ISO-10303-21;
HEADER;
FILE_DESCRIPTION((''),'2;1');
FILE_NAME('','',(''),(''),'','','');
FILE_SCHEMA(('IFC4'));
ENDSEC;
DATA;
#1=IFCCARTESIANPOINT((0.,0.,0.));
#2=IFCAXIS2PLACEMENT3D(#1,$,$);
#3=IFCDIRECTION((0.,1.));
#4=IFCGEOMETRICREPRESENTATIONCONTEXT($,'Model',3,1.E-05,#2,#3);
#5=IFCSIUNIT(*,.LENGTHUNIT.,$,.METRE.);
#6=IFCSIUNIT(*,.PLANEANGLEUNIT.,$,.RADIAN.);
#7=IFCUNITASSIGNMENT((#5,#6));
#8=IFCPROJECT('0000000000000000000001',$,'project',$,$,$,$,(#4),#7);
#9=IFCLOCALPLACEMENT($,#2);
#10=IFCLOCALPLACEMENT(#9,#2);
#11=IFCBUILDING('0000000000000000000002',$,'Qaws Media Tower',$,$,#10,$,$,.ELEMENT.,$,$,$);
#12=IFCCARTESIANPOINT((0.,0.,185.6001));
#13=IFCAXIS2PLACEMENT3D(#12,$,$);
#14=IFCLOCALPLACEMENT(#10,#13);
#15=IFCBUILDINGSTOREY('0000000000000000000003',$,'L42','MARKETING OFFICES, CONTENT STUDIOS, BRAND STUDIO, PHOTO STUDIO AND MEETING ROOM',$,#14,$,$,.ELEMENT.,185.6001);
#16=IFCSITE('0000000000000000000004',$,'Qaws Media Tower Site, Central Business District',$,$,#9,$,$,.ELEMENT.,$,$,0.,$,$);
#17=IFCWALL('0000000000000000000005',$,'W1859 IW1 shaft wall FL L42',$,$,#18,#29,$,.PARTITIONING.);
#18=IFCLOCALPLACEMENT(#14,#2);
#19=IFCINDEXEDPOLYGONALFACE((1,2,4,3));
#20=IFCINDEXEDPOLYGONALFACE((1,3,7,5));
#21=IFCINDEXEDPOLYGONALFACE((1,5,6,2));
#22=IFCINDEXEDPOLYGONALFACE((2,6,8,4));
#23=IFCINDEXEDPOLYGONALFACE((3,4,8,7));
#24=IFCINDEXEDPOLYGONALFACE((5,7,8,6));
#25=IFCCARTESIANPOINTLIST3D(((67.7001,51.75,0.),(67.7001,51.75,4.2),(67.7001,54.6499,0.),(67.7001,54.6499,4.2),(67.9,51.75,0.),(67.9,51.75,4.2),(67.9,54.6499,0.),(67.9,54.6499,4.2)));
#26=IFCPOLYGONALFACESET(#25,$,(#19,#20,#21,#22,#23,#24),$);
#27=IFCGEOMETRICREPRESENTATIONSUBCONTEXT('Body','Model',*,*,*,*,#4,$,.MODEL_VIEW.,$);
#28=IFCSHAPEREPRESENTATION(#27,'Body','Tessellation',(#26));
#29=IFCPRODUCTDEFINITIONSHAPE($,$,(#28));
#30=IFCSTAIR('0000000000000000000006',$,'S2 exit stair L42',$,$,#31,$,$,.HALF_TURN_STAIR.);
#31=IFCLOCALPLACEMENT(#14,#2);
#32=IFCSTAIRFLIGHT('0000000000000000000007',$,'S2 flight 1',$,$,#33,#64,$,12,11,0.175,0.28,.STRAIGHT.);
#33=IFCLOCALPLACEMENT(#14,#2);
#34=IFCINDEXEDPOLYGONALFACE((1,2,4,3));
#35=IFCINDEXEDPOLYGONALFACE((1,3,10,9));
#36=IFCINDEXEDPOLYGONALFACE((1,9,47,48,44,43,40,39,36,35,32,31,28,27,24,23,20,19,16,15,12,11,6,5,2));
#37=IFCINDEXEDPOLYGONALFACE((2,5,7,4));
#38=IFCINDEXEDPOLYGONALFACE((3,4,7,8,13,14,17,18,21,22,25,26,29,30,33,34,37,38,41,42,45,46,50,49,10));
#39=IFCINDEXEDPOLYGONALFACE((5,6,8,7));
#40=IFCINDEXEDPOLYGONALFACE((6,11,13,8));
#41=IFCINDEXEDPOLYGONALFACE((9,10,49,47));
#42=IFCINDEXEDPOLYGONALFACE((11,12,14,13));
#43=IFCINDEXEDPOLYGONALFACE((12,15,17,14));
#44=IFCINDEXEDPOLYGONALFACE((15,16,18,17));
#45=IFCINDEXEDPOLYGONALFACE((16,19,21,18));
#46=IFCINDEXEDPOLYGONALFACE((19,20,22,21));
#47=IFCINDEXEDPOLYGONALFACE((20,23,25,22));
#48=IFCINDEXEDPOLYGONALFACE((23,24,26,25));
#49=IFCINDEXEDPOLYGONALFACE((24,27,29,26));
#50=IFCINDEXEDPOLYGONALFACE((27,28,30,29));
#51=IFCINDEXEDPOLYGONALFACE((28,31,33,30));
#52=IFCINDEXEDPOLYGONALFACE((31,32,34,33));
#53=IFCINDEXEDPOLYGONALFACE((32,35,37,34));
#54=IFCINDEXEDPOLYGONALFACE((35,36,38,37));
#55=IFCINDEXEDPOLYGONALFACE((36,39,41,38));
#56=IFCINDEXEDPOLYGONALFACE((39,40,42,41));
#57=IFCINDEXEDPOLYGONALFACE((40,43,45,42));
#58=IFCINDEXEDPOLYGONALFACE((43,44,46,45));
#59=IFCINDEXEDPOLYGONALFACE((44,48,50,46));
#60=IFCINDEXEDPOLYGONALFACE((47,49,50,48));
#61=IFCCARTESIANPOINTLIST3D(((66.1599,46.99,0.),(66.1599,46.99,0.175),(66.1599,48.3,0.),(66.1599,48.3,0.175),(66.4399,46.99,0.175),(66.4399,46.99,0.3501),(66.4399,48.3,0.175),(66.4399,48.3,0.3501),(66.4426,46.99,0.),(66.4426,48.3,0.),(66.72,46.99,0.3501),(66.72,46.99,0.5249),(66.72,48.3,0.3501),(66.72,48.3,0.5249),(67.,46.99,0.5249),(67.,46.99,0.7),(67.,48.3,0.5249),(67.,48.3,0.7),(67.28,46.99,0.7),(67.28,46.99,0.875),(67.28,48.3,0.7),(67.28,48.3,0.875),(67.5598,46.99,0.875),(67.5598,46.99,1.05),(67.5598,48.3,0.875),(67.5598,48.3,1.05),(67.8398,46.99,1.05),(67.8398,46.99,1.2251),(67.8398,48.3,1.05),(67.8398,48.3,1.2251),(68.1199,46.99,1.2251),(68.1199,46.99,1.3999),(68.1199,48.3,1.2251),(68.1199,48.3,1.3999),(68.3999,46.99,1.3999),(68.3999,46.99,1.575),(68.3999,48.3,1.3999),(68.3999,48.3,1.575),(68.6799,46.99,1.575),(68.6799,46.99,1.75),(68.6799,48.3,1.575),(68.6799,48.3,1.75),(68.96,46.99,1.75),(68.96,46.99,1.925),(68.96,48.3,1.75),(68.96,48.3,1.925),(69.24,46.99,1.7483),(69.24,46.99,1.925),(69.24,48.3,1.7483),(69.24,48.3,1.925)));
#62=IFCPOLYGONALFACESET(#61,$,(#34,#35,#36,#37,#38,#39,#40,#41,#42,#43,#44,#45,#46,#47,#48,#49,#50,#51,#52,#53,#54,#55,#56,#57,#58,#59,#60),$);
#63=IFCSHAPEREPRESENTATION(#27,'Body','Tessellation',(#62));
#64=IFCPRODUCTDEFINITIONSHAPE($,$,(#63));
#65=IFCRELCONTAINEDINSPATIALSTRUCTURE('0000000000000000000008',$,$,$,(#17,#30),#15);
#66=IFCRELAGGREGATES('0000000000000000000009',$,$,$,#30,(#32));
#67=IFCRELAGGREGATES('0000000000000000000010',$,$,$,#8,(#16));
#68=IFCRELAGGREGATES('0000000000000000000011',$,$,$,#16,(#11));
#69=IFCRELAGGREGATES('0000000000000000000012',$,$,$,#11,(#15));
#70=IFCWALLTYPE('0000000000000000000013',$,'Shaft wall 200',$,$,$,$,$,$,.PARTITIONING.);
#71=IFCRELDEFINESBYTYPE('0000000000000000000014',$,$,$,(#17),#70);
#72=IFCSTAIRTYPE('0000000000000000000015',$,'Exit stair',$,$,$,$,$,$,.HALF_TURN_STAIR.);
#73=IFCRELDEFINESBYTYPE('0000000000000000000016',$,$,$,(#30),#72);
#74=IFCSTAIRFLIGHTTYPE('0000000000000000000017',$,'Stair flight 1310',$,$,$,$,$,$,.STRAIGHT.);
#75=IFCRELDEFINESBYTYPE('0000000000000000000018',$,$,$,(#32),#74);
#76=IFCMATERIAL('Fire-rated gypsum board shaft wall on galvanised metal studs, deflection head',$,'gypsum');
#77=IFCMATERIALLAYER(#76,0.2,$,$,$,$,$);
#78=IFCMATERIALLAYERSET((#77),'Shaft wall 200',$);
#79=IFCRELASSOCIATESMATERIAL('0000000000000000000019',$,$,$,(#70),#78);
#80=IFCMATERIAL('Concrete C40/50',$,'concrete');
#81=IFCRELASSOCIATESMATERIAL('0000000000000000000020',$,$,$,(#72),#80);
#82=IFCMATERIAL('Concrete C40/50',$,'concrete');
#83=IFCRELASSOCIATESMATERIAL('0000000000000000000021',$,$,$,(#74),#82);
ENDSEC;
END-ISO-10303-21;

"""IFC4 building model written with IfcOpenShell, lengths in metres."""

from ifc_helpers import new_model, si_unit, direction, frame, frame_2d, origin, place, context, subcontext, project, spatial, polyline, rectangle, outline, extrude, material, layer, layer_set, type_object, element, aggregate, save


model = new_model("IFC4")

# Units and contexts
model_context = context("Model", 3, precision=1e-05, world=origin(), true_north=direction((0.0, 1.0)))
body_context = subcontext(model_context, "Body", "Model", "MODEL_VIEW")
ifc_project = project(units=[si_unit("LENGTHUNIT", "METRE"), si_unit("PLANEANGLEUNIT", "RADIAN")], contexts=[model_context])

# Site, building, storey
site_placement = place(None, origin())
site = spatial("IfcSite", under=ifc_project, at=site_placement, Name="Qaws Media Tower Site, Central Business District", CompositionType="ELEMENT", RefElevation=0.0)
building_placement = place(site_placement, origin())
building = spatial("IfcBuilding", under=site, at=building_placement, Name="Qaws Media Tower", CompositionType="ELEMENT")
storey_placement = place(building_placement, frame((0.0, 0.0, 185.6001)))
storey = spatial("IfcBuildingStorey", under=building, at=storey_placement, Name="L42", Description="MARKETING OFFICES, CONTENT STUDIOS, BRAND STUDIO, PHOTO STUDIO AND MEETING ROOM", CompositionType="ELEMENT", Elevation=185.6001)

# Wall
ifc_material_1 = material(Name="Fire-rated gypsum board shaft wall on galvanised metal studs, deflection head", Category="gypsum")
ifc_layer_1 = layer(ifc_material_1, 0.2)
ifc_layer_set_1 = layer_set([ifc_layer_1], Name="Shaft wall 200")
wall_type_1 = type_object("IfcWallType", Name="Shaft wall 200", PredefinedType="PARTITIONING", material=ifc_layer_set_1)
wall_1_placement = place(storey_placement, frame((67.8, 51.75, 0.0), z_axis=(0.0, 0.0, 1.0), x_axis=(0.0, 1.0, 0.0)))
element("IfcWall", 1, at=wall_1_placement, inside=storey, type_object=wall_type_1, Name="W1859 IW1 shaft wall FL L42", PredefinedType="PARTITIONING", context=body_context, shape_type="SweptSolid", body=[
    extrude(rectangle(XDim=2.8999, YDim=0.2, at=frame_2d((1.45, 0.0))), origin(), (0.0, 0.0, 1.0), 4.2),
])

# Stair, stair flight
ifc_material_2 = material(Name="Concrete C40/50", Category="concrete")
stair_type = type_object("IfcStairType", Name="Exit stair", PredefinedType="HALF_TURN_STAIR", material=ifc_material_2)
stair_placement = place(storey_placement, origin())
stair = element("IfcStair", 2, at=stair_placement, inside=storey, type_object=stair_type, Name="S2 exit stair L42", PredefinedType="HALF_TURN_STAIR")
ifc_material_3 = material(Name="Concrete C40/50", Category="concrete")
stair_flight_type = type_object("IfcStairFlightType", Name="Stair flight 1310", PredefinedType="STRAIGHT", material=ifc_material_3)
stair_flight_placement = place(storey_placement, frame((66.1599, 47.645, 0.0), z_axis=(0.0, 0.0, 1.0), x_axis=(1.0, 0.0, 0.0)))
stair_flight = element("IfcStairFlight", 3, at=stair_flight_placement, type_object=stair_flight_type, Name="S2 flight 1", NumberOfRisers=12, NumberOfTreads=11, PredefinedType="STRAIGHT", RiserHeight=0.175, TreadLength=0.28, context=body_context, shape_type="SweptSolid", body=[
    extrude(outline(polyline([(0.0, 0.0), (0.0, 0.175), (0.28, 0.175), (0.28, 0.3501), (0.5601, 0.3501), (0.5601, 0.5249), (0.8401, 0.5249), (0.8401, 0.7), (1.1201, 0.7), (1.1201, 0.875), (1.3999, 0.875), (1.3999, 1.05), (1.6799, 1.05), (1.6799, 1.2251), (1.96, 1.2251), (1.96, 1.3999), (2.24, 1.3999), (2.24, 1.575), (2.52, 1.575), (2.52, 1.75), (2.8, 1.75), (2.8, 1.925), (3.0801, 1.925), (3.0801, 2.1001), (3.0801, 1.7483), (0.2827, 0.0), (0.0, 0.0)])), frame((0.0, 0.655, 0.0), z_axis=(0.0, -1.0, 0.0), x_axis=(1.0, 0.0, 0.0)), (0.0, 0.0, 1.0), 1.3101),
])
aggregate(stair, [stair_flight])

save(model, "model.ifc")
